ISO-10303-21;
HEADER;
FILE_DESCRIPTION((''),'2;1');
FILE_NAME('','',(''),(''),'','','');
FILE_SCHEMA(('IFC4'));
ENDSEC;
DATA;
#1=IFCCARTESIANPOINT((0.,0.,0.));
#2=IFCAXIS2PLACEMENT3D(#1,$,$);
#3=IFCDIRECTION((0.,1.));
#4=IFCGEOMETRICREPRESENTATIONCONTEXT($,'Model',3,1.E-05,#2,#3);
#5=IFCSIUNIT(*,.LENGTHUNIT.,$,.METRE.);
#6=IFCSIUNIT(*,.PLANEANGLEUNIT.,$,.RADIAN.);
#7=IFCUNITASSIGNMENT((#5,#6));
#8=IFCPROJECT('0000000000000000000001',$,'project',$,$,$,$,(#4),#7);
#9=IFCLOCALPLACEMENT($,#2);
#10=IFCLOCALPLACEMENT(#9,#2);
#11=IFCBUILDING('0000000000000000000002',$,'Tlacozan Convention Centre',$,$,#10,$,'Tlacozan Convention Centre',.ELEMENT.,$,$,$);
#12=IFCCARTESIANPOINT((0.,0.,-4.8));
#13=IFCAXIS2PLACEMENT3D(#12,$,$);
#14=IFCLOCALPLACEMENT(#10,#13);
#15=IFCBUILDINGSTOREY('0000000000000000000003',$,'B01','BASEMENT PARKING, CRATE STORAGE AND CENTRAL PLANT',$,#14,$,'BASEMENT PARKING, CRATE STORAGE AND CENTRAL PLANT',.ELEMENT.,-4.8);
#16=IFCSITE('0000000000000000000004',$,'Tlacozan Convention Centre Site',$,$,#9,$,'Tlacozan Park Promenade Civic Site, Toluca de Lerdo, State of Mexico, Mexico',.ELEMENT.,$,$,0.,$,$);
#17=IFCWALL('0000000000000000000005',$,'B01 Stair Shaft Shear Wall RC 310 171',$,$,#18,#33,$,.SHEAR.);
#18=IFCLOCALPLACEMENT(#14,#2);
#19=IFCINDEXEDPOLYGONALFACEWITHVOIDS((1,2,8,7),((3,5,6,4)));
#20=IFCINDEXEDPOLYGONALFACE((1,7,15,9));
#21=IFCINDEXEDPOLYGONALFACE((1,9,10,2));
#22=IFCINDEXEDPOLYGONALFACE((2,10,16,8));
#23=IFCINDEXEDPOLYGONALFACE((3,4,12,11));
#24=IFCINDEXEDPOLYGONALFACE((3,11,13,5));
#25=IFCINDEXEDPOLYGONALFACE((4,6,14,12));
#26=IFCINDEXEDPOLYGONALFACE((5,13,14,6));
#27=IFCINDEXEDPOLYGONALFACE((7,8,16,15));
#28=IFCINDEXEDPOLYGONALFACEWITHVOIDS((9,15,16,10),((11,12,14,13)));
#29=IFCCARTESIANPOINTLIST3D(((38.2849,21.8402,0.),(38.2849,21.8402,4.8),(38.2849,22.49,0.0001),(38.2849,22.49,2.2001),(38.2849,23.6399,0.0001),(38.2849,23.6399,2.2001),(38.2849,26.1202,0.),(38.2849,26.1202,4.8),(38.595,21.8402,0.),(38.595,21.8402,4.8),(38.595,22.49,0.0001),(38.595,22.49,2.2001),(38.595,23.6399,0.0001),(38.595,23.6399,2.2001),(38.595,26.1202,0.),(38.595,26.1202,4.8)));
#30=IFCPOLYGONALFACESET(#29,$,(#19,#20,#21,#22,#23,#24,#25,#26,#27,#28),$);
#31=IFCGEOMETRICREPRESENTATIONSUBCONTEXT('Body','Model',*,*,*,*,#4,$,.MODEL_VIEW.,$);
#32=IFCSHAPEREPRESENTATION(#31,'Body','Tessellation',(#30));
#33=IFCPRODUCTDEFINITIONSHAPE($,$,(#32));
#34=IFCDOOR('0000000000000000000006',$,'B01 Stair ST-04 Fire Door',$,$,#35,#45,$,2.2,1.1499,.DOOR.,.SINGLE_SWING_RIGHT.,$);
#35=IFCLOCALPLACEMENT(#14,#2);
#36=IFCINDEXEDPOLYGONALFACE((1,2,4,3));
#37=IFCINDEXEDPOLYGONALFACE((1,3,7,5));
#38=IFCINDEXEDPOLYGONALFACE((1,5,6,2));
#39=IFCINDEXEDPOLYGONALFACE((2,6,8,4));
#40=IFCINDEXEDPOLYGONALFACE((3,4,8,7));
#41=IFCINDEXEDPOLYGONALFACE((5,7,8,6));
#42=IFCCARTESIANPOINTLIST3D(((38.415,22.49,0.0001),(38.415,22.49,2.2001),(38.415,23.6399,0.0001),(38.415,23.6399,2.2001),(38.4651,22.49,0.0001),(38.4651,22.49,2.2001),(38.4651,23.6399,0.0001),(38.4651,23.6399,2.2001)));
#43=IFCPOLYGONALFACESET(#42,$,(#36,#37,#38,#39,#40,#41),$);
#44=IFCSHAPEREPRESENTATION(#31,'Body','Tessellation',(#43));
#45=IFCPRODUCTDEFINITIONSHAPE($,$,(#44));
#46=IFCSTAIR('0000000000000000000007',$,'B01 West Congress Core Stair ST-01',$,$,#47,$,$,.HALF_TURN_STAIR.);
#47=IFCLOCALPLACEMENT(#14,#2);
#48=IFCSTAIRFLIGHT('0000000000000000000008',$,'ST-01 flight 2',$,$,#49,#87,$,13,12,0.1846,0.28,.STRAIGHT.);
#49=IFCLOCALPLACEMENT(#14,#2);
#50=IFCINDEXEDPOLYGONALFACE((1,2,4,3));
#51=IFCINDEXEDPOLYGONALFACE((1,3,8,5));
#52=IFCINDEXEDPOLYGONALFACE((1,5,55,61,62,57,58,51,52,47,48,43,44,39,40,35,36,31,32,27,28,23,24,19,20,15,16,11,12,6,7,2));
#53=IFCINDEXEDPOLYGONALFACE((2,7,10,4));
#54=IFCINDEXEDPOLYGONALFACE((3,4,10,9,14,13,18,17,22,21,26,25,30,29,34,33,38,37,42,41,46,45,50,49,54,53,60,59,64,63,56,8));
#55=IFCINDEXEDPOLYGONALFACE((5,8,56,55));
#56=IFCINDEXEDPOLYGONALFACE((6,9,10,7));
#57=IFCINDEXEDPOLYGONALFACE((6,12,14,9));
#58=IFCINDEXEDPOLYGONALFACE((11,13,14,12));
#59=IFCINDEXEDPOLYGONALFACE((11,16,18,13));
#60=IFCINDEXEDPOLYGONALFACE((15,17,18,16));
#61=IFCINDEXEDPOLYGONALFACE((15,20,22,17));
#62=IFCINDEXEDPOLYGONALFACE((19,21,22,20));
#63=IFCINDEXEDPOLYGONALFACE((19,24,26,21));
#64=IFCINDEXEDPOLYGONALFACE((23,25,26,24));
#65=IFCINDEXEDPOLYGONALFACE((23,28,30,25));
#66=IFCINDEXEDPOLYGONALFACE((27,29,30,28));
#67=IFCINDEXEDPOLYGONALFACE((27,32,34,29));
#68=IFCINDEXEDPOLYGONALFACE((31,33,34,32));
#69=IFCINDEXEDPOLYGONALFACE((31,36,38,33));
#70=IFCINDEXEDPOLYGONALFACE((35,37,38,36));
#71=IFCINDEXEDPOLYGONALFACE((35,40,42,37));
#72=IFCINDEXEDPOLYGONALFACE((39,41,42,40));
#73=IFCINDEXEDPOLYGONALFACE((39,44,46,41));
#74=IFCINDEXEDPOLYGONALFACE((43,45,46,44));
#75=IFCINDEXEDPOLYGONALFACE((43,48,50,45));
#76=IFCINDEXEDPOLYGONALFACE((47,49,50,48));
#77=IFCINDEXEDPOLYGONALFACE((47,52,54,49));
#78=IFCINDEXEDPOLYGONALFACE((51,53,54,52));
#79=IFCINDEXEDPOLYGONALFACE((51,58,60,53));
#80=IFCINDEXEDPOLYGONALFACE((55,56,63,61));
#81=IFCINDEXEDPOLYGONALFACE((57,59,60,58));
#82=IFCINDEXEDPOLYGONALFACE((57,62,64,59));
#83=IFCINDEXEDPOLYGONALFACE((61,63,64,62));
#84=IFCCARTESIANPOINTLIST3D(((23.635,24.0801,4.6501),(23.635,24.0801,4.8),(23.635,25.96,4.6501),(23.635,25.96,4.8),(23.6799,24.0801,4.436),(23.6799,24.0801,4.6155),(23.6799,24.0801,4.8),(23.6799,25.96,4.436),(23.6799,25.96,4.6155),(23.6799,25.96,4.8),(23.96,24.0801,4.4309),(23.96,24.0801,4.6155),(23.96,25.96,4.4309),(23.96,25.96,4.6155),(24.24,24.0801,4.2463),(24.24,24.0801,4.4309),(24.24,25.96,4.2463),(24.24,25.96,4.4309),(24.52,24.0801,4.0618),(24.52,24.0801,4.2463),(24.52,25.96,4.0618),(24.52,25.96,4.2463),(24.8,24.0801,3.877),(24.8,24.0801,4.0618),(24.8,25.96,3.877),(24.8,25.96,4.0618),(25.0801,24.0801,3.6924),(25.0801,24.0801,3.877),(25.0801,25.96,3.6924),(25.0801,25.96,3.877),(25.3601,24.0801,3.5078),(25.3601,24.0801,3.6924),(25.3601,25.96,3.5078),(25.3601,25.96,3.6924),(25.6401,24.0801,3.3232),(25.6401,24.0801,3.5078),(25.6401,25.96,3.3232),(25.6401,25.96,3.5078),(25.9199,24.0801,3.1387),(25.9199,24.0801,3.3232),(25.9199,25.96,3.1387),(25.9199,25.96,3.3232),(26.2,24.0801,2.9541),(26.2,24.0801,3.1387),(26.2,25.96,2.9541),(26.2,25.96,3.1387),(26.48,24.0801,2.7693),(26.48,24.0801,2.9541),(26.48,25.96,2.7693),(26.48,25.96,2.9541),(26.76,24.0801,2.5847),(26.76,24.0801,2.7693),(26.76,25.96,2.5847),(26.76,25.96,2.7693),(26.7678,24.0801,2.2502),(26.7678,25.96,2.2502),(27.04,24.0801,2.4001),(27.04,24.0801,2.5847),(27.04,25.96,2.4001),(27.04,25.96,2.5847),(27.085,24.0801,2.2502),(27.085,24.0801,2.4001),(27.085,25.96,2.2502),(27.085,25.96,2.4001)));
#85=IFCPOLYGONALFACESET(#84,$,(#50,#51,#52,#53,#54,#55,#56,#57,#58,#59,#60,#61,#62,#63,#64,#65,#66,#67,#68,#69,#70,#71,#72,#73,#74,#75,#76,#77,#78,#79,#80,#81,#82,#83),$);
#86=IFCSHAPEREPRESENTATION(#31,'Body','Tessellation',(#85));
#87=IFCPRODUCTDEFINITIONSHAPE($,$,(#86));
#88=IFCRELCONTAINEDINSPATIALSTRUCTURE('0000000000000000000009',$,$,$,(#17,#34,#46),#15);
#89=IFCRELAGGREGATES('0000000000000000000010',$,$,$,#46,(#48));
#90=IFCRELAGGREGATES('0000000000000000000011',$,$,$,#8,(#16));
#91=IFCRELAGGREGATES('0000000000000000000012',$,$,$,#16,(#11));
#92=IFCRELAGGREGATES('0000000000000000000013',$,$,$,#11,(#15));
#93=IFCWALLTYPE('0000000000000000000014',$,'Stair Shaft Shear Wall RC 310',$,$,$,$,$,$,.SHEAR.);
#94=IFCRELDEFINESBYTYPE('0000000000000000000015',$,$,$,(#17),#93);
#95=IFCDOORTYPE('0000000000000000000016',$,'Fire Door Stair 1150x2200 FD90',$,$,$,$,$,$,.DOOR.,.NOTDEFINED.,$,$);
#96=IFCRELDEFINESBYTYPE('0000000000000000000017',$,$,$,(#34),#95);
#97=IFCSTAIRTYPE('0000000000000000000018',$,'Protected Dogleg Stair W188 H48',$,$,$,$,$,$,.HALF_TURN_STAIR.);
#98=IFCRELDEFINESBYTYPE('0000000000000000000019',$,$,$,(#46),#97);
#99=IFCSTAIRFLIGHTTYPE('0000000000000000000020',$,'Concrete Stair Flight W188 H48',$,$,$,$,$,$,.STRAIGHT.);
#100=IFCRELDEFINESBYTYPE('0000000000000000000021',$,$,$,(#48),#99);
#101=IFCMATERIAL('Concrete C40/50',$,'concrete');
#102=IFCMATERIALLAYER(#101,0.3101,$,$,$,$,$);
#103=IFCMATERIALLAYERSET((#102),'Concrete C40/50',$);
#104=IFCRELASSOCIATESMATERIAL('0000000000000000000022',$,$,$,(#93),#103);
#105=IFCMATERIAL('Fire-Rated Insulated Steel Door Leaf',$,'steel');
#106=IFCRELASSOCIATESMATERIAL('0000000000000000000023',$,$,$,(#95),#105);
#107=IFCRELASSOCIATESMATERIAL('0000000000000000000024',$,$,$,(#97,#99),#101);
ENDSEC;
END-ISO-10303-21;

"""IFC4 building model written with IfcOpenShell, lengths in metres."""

from ifc_helpers import new_model, si_unit, direction, frame, frame_2d, origin, place, context, subcontext, project, spatial, polyline, rectangle, outline, extrude, material, layer, layer_set, type_object, element, fill, aggregate, save


model = new_model("IFC4")

# Units and contexts
model_context = context("Model", 3, precision=1e-05, world=origin(), true_north=direction((0.0, 1.0)))
body_context = subcontext(model_context, "Body", "Model", "MODEL_VIEW")
ifc_project = project(units=[si_unit("LENGTHUNIT", "METRE"), si_unit("PLANEANGLEUNIT", "RADIAN")], contexts=[model_context])

# Site, building, storey
site_placement = place(None, origin())
site = spatial("IfcSite", under=ifc_project, at=site_placement, Name="Tlacozan Convention Centre Site", LongName="Tlacozan Park Promenade Civic Site, Toluca de Lerdo, State of Mexico, Mexico", CompositionType="ELEMENT", RefElevation=0.0)
building_placement = place(site_placement, origin())
building = spatial("IfcBuilding", under=site, at=building_placement, Name="Tlacozan Convention Centre", LongName="Tlacozan Convention Centre", CompositionType="ELEMENT")
storey_placement = place(building_placement, frame((0.0, 0.0, -4.8)))
storey = spatial("IfcBuildingStorey", under=building, at=storey_placement, Name="B01", Description="BASEMENT PARKING, CRATE STORAGE AND CENTRAL PLANT", LongName="BASEMENT PARKING, CRATE STORAGE AND CENTRAL PLANT", CompositionType="ELEMENT", Elevation=-4.8)

# Shared definitions
ifc_material_1 = material(Name="Concrete C40/50", Category="concrete")

# Shared definitions
ifc_layer_1 = layer(ifc_material_1, 0.3101)
ifc_layer_set_1 = layer_set([ifc_layer_1], Name="Concrete C40/50")
wall_type_1 = type_object("IfcWallType", Name="Stair Shaft Shear Wall RC 310", PredefinedType="SHEAR", material=ifc_layer_set_1)

# Wall, opening, door
wall_1_placement = place(storey_placement, frame((38.4399, 21.8401, 0.0), z_axis=(0.0, 0.0, 1.0), x_axis=(0.0, 1.0, 0.0)))
wall_1 = element("IfcWall", 1, at=wall_1_placement, inside=storey, type_object=wall_type_1, Name="B01 Stair Shaft Shear Wall RC 310 171", PredefinedType="SHEAR", context=body_context, shape_type="SweptSolid", body=[
    extrude(rectangle(XDim=4.28, YDim=0.3101, at=frame_2d((2.1401, 0.0))), origin(), (0.0, 0.0, 1.0), 4.8),
])
opening_1_placement = place(wall_1_placement, frame((0.6499, 0.0, 0.0)))
opening_1 = element("IfcOpeningElement", 2, at=opening_1_placement, cuts=wall_1, PredefinedType="OPENING", context=body_context, shape_type="SweptSolid", body=[
    extrude(rectangle(XDim=1.1499, YDim=2.2, at=frame_2d((0.575, 1.1001))), frame((0.0, 0.165, 0.0), z_axis=(0.0, -1.0, 0.0), x_axis=(1.0, 0.0, 0.0)), (0.0, 0.0, 1.0), 0.3301),
])
ifc_material_2 = material(Name="Fire-Rated Insulated Steel Door Leaf", Category="steel")
door_type_1 = type_object("IfcDoorType", Name="Fire Door Stair 1150x2200 FD90", OperationType="NOTDEFINED", PredefinedType="DOOR", material=ifc_material_2)
door_1_placement = place(opening_1_placement, origin())
door_1 = element("IfcDoor", 3, at=door_1_placement, inside=storey, type_object=door_type_1, Name="B01 Stair ST-04 Fire Door", OperationType="SINGLE_SWING_RIGHT", OverallHeight=2.2, OverallWidth=1.1499, PredefinedType="DOOR", context=body_context, shape_type="SweptSolid", body=[
    extrude(rectangle(XDim=1.1499, YDim=2.2, at=frame_2d((0.575, 1.1001))), frame((0.0, 0.0249, 0.0), z_axis=(0.0, -1.0, 0.0), x_axis=(1.0, 0.0, 0.0)), (0.0, 0.0, 1.0), 0.05),
])
fill(opening_1, door_1)

# Stair, stair flight
stair_type = type_object("IfcStairType", Name="Protected Dogleg Stair W188 H48", PredefinedType="HALF_TURN_STAIR", material=ifc_material_1)
stair_placement = place(storey_placement, origin())
stair = element("IfcStair", 4, at=stair_placement, inside=storey, type_object=stair_type, Name="B01 West Congress Core Stair ST-01", PredefinedType="HALF_TURN_STAIR")
stair_flight_type = type_object("IfcStairFlightType", Name="Concrete Stair Flight W188 H48", PredefinedType="STRAIGHT", material=ifc_material_1)
stair_flight_placement = place(storey_placement, frame((27.04, 25.02, 2.4001), z_axis=(0.0, 0.0, 1.0), x_axis=(-1.0, 0.0, 0.0)))
stair_flight = element("IfcStairFlight", 5, at=stair_flight_placement, type_object=stair_flight_type, Name="ST-01 flight 2", NumberOfRisers=13, NumberOfTreads=12, PredefinedType="STRAIGHT", RiserHeight=0.1846, TreadLength=0.28, context=body_context, shape_type="SweptSolid", body=[
    extrude(outline(polyline([(-0.0449, -0.1499), (-0.0449, 0.0), (0.0, 0.0), (0.0, 0.1846), (0.28, 0.1846), (0.28, 0.3691), (0.5601, 0.3691), (0.5601, 0.554), (0.8401, 0.554), (0.8401, 0.7385), (1.1201, 0.7385), (1.1201, 0.9231), (1.3999, 0.9231), (1.3999, 1.1077), (1.6799, 1.1077), (1.6799, 1.2922), (1.96, 1.2922), (1.96, 1.4768), (2.24, 1.4768), (2.24, 1.6616), (2.52, 1.6616), (2.52, 1.8462), (2.8, 1.8462), (2.8, 2.0308), (3.0801, 2.0308), (3.0801, 2.2153), (3.3601, 2.2153), (3.3601, 2.3999), (3.405, 2.3999), (3.405, 2.25), (3.3601, 2.0359), (0.2722, -0.1499), (-0.0449, -0.1499)])), frame((0.0, 0.9399, 0.0), z_axis=(0.0, -1.0, 0.0), x_axis=(1.0, 0.0, 0.0)), (0.0, 0.0, 1.0), 1.8799),
])
aggregate(stair, [stair_flight])

save(model, "model.ifc")
